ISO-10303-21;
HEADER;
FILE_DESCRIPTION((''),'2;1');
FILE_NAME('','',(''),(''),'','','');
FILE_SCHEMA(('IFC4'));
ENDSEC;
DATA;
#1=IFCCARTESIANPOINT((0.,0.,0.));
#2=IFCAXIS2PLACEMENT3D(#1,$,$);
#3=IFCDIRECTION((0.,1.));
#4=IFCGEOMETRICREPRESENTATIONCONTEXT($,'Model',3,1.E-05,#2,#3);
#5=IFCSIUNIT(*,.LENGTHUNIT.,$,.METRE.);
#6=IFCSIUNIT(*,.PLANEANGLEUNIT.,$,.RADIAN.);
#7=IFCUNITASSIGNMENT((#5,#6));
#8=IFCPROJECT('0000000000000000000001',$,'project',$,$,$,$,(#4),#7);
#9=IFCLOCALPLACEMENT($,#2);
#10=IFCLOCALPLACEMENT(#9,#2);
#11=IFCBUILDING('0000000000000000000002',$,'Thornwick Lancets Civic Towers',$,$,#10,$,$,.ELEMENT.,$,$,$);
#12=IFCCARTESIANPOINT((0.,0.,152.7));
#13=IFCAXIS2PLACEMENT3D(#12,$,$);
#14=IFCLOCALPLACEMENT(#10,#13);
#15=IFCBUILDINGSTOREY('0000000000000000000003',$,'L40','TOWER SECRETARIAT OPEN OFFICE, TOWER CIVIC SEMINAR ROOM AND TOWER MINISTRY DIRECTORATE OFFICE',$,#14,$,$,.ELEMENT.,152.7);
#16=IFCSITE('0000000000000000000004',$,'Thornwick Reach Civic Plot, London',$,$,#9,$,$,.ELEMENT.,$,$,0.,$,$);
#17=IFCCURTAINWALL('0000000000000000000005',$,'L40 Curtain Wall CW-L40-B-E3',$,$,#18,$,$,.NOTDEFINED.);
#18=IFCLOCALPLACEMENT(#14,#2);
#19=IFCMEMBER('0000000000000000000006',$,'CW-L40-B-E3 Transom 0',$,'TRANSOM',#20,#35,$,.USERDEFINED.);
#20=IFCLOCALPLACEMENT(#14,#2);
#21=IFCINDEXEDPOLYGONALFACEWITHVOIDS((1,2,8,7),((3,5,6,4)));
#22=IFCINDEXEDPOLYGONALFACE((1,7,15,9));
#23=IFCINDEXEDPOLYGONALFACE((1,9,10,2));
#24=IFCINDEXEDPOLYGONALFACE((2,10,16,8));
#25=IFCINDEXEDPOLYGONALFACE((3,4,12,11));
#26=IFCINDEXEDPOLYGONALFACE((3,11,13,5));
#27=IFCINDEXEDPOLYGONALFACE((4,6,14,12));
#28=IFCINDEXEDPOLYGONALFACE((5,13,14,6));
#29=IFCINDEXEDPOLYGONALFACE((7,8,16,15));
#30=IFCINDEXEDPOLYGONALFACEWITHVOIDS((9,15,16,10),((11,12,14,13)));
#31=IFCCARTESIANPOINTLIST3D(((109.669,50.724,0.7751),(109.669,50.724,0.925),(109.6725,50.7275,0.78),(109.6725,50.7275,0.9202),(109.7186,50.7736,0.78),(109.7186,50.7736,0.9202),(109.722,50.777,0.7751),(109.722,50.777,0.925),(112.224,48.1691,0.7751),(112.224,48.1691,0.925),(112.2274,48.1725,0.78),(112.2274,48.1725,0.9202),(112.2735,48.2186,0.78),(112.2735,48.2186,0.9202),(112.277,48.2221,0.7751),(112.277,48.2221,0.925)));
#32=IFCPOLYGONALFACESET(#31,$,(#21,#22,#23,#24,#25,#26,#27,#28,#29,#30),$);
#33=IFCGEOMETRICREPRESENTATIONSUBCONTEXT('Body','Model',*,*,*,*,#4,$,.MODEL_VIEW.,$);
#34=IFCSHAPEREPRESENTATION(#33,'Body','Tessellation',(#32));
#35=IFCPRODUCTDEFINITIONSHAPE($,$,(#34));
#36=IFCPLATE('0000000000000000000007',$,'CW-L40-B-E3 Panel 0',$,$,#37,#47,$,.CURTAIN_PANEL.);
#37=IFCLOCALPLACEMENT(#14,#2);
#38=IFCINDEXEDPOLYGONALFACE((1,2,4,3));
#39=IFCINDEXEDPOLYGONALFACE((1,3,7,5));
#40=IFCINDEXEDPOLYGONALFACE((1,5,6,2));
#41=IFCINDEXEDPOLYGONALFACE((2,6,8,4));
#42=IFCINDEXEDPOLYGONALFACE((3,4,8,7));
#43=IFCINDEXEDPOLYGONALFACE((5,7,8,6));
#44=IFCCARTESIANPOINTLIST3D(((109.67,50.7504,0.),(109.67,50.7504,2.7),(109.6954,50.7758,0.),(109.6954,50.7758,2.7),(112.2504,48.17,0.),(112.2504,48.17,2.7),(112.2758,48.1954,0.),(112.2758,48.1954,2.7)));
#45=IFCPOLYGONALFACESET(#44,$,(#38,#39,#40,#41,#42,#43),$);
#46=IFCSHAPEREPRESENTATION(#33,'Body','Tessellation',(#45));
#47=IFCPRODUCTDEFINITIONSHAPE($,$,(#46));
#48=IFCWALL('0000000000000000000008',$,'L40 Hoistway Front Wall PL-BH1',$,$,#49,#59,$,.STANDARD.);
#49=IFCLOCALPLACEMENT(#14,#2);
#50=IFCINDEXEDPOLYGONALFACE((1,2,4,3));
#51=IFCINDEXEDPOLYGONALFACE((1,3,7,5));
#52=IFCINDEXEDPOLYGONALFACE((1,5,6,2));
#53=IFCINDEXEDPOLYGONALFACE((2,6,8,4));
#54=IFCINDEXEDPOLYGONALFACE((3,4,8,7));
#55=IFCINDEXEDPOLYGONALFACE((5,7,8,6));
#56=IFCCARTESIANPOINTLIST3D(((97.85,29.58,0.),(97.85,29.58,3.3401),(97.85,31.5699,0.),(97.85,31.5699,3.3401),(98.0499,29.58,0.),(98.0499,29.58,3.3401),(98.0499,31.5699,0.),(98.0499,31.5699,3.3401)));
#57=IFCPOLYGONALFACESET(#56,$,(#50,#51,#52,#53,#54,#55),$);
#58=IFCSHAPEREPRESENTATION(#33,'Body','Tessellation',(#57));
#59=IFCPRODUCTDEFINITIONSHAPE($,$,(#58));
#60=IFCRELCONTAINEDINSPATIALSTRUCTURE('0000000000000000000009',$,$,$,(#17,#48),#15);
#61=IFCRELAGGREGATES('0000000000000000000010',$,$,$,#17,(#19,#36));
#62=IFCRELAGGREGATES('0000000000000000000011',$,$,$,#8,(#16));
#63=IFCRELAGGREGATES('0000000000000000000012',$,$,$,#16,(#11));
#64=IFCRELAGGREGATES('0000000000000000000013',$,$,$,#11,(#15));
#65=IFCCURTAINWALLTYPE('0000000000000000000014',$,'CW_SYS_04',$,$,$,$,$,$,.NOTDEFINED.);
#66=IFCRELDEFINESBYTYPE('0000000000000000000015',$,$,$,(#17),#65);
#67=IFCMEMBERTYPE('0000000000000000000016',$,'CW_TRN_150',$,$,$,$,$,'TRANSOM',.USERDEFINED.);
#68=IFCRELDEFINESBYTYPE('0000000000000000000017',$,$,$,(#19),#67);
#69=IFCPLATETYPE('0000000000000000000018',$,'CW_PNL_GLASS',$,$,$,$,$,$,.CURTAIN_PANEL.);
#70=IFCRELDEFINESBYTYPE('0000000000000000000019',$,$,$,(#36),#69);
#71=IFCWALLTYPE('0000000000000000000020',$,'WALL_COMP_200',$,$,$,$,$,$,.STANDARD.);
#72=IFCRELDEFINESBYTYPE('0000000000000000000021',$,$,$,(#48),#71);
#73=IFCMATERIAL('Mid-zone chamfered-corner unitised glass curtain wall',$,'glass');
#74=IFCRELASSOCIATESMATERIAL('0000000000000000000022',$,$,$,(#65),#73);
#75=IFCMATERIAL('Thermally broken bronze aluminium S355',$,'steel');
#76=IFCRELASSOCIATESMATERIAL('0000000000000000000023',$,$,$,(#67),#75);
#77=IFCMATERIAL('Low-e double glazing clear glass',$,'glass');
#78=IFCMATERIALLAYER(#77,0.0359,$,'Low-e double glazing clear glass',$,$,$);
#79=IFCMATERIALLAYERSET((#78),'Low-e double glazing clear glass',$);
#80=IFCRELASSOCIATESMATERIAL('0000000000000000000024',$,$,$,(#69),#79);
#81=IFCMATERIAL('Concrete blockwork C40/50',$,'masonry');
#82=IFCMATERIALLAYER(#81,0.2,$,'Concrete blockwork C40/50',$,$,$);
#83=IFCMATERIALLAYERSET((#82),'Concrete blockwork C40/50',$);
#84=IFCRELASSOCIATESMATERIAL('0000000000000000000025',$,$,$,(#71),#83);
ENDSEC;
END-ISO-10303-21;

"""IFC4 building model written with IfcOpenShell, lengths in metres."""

from ifc_helpers import new_model, si_unit, direction, frame, frame_2d, origin, origin_2d, place, context, subcontext, project, spatial, rectangle, hollow_rectangle, extrude, material, layer, layer_set, material_profile, profile_set, type_object, element, aggregate, save


model = new_model("IFC4")

# Units and contexts
model_context = context("Model", 3, precision=1e-05, world=origin(), true_north=direction((0.0, 1.0)))
body_context = subcontext(model_context, "Body", "Model", "MODEL_VIEW")
ifc_project = project(units=[si_unit("LENGTHUNIT", "METRE"), si_unit("PLANEANGLEUNIT", "RADIAN")], contexts=[model_context])

# Site, building, storey
site_placement = place(None, origin())
site = spatial("IfcSite", under=ifc_project, at=site_placement, Name="Thornwick Reach Civic Plot, London", CompositionType="ELEMENT", RefElevation=0.0)
building_placement = place(site_placement, origin())
building = spatial("IfcBuilding", under=site, at=building_placement, Name="Thornwick Lancets Civic Towers", CompositionType="ELEMENT")
storey_placement = place(building_placement, frame((0.0, 0.0, 152.7)))
storey = spatial("IfcBuildingStorey", under=building, at=storey_placement, Name="L40", Description="TOWER SECRETARIAT OPEN OFFICE, TOWER CIVIC SEMINAR ROOM AND TOWER MINISTRY DIRECTORATE OFFICE", CompositionType="ELEMENT", Elevation=152.7)

# Curtain wall, member, plate
ifc_material_1 = material(Name="Mid-zone chamfered-corner unitised glass curtain wall", Category="glass")
curtain_wall_type = type_object("IfcCurtainWallType", Name="CW_SYS_04", PredefinedType="NOTDEFINED", material=ifc_material_1)
curtain_wall_placement = place(storey_placement, origin())
curtain_wall = element("IfcCurtainWall", 1, at=curtain_wall_placement, inside=storey, type_object=curtain_wall_type, Name="L40 Curtain Wall CW-L40-B-E3", PredefinedType="NOTDEFINED")
ifc_material_2 = material(Name="Thermally broken bronze aluminium S355", Category="steel")
ifc_material_profile_1 = material_profile(ifc_material_2, hollow_rectangle(XDim=0.075, YDim=0.1499, WallThickness=0.0049, at=origin_2d()), Name="RHS 150x75x5")
ifc_profile_set_1 = profile_set([ifc_material_profile_1], Name="Thermally broken bronze aluminium S355")
member_type_1 = type_object("IfcMemberType", Name="CW_TRN_150", ElementType="TRANSOM", PredefinedType="USERDEFINED", material=ifc_profile_set_1)
member_1_placement = place(storey_placement, frame((112.2505, 48.1956, 0.8501), z_axis=(-0.707107, 0.707107, 0.0), x_axis=(-0.707107, -0.707107, 0.0)))
member_1 = element("IfcMember", 2, at=member_1_placement, type_object=member_type_1, Name="CW-L40-B-E3 Transom 0", ObjectType="TRANSOM", PredefinedType="USERDEFINED", context=body_context, shape_type="SweptSolid", body=[
    extrude(hollow_rectangle(XDim=0.075, YDim=0.1499, WallThickness=0.0049, at=origin_2d()), origin(), (0.0, 0.0, 1.0), 3.6133),
])
ifc_material_3 = material(Name="Low-e double glazing clear glass", Category="glass")
ifc_layer_1 = layer(ifc_material_3, 0.0359, Name="Low-e double glazing clear glass")
ifc_layer_set_1 = layer_set([ifc_layer_1], Name="Low-e double glazing clear glass")
plate_type = type_object("IfcPlateType", Name="CW_PNL_GLASS", PredefinedType="CURTAIN_PANEL", material=ifc_layer_set_1)
plate_placement = place(storey_placement, frame((110.9729, 49.4729, 0.0), z_axis=(0.0, 0.0, 1.0), x_axis=(-0.707107, 0.707107, 0.0)))
plate = element("IfcPlate", 3, at=plate_placement, type_object=plate_type, Name="CW-L40-B-E3 Panel 0", PredefinedType="CURTAIN_PANEL", context=body_context, shape_type="SweptSolid", body=[
    extrude(rectangle(XDim=3.6492, YDim=0.0359, at=origin_2d()), origin(), (0.0, 0.0, 1.0), 2.7),
])
aggregate(curtain_wall, [member_1, plate])

# Wall
ifc_material_4 = material(Name="Concrete blockwork C40/50", Category="masonry")
ifc_layer_2 = layer(ifc_material_4, 0.2, Name="Concrete blockwork C40/50")
ifc_layer_set_2 = layer_set([ifc_layer_2], Name="Concrete blockwork C40/50")
wall_type_1 = type_object("IfcWallType", Name="WALL_COMP_200", PredefinedType="STANDARD", material=ifc_layer_set_2)
wall_1_placement = place(storey_placement, frame((97.95, 31.5701, 0.0), z_axis=(0.0, 0.0, 1.0), x_axis=(0.0, -1.0, 0.0)))
element("IfcWall", 4, at=wall_1_placement, inside=storey, type_object=wall_type_1, Name="L40 Hoistway Front Wall PL-BH1", PredefinedType="STANDARD", context=body_context, shape_type="SweptSolid", body=[
    extrude(rectangle(XDim=1.99, YDim=0.2, at=frame_2d((0.9951, 0.0))), origin(), (0.0, 0.0, 1.0), 3.3401),
])

save(model, "model.ifc")
